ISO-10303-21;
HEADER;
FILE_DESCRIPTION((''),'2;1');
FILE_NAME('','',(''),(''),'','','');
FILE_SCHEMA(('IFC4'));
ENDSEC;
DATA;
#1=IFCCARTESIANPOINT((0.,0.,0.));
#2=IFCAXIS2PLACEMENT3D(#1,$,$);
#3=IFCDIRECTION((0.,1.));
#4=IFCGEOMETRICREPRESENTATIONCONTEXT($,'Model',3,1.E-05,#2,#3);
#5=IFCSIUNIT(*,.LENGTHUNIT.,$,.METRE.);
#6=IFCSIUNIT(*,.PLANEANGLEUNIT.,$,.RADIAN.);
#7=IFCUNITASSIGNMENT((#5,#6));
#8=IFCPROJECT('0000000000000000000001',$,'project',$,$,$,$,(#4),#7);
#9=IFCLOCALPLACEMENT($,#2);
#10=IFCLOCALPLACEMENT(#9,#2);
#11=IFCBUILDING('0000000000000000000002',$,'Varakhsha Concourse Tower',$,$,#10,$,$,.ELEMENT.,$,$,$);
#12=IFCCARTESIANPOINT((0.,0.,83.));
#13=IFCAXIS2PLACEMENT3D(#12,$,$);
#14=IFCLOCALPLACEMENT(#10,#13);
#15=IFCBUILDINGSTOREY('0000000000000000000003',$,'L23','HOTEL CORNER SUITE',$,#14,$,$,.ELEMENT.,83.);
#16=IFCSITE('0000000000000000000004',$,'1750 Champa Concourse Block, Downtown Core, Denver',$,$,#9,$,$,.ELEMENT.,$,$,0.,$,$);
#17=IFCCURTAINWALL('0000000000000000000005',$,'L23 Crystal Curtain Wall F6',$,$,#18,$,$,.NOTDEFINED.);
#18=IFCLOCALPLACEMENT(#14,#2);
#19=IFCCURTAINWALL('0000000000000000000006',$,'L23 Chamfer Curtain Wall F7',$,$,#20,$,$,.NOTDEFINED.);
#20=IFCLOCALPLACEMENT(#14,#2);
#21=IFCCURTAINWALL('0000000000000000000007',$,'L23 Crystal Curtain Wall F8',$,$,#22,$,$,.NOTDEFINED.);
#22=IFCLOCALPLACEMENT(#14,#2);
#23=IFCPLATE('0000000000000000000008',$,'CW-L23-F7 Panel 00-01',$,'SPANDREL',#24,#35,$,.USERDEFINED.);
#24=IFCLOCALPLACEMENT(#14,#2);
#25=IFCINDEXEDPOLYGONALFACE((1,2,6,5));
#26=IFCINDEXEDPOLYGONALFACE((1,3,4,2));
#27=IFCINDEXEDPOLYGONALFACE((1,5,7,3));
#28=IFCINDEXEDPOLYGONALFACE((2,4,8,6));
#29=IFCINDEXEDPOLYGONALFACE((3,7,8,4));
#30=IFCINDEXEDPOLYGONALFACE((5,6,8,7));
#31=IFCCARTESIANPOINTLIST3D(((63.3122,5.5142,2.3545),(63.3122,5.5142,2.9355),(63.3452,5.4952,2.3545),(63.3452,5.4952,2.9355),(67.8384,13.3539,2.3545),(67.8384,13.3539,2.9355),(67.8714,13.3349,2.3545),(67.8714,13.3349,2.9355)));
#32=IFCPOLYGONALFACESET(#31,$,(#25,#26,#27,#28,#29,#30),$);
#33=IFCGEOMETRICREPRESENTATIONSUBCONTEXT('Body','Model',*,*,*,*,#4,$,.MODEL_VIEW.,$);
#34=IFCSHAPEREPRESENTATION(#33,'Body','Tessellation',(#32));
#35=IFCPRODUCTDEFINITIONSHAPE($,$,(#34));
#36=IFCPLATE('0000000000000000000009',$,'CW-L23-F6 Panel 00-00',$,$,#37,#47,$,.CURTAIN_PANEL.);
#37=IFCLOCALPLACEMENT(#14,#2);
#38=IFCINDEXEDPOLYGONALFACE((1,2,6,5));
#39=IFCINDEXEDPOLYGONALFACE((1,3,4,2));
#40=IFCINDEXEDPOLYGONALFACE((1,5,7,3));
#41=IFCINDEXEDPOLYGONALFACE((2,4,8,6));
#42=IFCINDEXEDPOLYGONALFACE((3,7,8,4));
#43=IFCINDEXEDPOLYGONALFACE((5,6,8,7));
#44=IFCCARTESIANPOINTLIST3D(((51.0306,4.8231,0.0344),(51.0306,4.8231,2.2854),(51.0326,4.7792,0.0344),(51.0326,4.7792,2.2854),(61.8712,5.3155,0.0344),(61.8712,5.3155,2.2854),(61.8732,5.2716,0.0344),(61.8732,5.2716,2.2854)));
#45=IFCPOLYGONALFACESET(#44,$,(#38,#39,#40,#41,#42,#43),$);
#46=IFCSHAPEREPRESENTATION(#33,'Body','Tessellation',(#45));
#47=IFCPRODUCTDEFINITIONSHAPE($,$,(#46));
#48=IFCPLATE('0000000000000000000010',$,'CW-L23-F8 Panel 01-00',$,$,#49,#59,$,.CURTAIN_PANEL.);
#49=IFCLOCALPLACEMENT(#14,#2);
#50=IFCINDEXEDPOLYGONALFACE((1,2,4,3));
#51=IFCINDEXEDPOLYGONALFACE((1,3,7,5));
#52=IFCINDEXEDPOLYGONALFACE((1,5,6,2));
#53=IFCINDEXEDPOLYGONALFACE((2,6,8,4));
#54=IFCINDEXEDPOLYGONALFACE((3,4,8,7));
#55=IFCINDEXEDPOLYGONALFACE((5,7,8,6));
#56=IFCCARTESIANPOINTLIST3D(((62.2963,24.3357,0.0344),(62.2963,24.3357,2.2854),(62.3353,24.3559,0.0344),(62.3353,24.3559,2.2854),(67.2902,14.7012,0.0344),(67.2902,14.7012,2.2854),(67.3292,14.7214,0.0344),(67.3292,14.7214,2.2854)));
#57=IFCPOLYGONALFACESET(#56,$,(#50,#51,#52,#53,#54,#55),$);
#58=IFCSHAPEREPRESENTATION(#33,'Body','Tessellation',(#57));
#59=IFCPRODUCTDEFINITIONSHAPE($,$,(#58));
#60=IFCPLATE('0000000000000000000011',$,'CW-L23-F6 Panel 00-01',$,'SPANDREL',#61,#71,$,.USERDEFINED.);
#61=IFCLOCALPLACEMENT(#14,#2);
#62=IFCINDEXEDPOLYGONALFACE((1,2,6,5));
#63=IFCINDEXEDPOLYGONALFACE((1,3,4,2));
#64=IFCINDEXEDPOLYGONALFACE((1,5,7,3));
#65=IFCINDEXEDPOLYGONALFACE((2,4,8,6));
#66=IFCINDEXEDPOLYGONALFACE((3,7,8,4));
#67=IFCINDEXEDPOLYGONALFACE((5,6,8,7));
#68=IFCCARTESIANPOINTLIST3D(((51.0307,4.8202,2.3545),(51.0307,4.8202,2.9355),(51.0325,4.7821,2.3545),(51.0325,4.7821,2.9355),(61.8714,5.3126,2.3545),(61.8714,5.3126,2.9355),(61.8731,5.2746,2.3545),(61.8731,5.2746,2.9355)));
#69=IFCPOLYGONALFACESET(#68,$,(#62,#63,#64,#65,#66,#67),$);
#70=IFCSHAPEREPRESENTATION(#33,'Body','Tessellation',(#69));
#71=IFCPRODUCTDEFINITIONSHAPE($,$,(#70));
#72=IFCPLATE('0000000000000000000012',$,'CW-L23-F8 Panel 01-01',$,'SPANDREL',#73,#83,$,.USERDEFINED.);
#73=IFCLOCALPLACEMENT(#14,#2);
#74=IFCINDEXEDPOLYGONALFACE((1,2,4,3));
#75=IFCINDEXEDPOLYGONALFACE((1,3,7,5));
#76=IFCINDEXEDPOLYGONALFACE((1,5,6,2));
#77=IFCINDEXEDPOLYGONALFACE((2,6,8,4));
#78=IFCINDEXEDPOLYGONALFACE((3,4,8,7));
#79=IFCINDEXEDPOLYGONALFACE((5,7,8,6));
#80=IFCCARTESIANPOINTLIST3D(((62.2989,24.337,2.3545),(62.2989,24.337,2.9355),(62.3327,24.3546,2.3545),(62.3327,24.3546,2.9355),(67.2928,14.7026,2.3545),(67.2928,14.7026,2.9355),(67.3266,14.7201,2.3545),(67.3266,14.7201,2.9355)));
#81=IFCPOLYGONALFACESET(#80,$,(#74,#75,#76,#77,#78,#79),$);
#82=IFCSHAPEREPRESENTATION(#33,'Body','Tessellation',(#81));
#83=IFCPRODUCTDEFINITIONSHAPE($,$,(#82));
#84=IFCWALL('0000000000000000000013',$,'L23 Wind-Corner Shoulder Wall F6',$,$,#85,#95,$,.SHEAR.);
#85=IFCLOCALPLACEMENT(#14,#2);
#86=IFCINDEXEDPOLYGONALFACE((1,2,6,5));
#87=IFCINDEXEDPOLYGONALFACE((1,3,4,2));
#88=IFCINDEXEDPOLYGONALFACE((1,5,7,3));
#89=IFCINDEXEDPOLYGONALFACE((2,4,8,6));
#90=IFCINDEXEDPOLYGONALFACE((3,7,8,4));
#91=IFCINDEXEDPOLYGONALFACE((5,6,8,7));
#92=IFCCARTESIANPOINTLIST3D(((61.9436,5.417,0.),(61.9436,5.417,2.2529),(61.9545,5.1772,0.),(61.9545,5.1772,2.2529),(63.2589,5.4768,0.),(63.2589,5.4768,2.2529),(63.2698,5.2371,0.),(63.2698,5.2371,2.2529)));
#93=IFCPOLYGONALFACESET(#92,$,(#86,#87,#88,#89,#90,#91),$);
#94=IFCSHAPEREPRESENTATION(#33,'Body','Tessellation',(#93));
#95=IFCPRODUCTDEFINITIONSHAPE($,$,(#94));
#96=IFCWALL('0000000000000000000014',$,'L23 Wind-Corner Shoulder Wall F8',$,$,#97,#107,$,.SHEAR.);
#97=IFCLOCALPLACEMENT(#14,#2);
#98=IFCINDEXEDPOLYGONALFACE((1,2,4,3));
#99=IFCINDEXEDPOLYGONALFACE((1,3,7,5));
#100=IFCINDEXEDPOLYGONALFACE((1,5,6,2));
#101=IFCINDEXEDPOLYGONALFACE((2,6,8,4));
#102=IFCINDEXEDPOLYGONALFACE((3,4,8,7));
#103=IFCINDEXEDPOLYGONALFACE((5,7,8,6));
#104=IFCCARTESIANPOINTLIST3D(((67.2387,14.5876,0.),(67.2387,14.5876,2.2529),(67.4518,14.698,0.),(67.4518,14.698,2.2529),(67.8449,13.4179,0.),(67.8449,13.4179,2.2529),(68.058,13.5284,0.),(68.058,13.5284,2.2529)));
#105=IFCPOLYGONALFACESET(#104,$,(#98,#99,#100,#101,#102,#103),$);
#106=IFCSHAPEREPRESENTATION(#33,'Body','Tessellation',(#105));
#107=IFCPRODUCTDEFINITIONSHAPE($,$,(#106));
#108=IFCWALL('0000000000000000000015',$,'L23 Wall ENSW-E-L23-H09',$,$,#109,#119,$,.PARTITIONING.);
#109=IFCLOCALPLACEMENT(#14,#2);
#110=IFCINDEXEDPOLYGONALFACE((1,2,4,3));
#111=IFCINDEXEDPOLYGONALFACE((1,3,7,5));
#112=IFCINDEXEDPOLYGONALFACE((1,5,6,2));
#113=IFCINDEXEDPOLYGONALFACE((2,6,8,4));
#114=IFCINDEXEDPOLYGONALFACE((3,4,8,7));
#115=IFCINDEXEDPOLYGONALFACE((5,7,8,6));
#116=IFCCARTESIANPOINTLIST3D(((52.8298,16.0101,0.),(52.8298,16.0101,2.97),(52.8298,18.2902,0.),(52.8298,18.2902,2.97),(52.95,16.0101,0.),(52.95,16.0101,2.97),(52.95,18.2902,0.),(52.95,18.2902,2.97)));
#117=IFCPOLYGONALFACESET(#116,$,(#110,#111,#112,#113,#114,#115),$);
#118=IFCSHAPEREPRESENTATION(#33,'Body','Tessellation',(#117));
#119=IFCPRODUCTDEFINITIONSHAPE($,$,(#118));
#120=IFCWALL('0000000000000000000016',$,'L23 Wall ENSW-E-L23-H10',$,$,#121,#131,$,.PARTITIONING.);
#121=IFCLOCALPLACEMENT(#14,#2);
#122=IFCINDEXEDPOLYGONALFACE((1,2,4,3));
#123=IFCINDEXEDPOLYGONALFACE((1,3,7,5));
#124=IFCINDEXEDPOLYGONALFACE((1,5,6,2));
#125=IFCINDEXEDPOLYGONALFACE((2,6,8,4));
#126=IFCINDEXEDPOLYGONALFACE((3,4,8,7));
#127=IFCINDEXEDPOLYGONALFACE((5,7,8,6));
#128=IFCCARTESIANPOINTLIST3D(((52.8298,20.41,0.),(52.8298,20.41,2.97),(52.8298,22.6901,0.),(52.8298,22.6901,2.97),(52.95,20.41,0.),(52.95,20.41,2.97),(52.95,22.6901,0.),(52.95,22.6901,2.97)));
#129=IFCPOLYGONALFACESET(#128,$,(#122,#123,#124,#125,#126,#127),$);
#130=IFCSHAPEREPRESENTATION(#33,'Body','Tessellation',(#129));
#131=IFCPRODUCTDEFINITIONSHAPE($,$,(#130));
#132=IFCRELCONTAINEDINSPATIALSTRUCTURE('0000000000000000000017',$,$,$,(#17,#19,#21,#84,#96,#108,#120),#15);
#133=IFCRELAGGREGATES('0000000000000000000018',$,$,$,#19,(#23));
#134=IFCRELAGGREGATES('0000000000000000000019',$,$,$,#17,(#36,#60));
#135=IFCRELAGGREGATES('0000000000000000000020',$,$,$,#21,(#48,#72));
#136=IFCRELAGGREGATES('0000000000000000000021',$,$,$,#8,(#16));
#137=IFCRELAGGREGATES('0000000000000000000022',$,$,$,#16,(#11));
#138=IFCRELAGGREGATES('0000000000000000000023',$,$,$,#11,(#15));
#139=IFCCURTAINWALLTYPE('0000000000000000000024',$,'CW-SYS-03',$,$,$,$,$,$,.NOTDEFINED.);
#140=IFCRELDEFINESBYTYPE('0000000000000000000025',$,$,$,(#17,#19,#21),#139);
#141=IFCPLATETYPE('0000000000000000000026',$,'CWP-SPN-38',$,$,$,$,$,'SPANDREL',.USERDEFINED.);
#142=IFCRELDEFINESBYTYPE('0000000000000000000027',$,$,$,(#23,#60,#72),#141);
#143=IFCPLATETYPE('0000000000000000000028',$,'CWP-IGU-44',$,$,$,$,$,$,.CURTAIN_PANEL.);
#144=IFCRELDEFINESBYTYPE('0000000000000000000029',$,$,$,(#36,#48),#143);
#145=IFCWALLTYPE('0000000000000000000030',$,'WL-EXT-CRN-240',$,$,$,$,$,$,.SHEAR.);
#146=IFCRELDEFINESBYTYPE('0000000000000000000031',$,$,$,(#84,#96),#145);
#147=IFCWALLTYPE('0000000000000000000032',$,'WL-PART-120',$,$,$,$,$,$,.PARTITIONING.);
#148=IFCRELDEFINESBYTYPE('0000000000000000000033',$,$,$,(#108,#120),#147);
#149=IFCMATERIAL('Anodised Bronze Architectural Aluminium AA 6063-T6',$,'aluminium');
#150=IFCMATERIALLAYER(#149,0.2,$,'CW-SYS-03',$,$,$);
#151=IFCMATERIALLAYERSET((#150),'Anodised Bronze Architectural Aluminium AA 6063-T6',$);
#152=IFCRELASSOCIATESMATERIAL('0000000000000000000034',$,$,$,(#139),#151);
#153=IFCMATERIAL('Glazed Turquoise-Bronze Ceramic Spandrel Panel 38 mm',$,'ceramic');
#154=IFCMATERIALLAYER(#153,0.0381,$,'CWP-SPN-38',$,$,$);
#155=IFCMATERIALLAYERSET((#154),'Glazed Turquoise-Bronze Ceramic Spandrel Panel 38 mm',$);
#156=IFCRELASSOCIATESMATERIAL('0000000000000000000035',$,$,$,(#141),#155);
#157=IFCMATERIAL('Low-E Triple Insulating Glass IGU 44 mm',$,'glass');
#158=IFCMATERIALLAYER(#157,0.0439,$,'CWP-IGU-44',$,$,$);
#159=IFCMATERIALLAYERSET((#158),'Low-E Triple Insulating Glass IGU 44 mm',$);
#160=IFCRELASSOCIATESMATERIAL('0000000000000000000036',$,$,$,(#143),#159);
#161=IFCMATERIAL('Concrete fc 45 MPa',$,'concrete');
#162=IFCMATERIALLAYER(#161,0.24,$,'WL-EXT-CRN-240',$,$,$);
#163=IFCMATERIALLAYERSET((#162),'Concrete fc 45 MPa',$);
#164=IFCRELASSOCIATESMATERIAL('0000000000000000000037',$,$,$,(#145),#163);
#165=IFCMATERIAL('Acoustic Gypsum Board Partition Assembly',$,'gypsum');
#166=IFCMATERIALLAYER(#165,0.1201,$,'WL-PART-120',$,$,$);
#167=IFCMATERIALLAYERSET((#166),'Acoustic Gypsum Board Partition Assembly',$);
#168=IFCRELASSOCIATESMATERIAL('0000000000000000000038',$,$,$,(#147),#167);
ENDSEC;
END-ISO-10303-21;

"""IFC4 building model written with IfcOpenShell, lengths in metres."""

from ifc_helpers import new_model, si_unit, direction, frame, frame_2d, origin, origin_2d, place, context, subcontext, project, spatial, rectangle, extrude, source, transform, mapped, material, layer, layer_set, type_object, type_shapes, element, aggregate, save


model = new_model("IFC4")

# Units and contexts
model_context = context("Model", 3, precision=1e-05, world=origin(), true_north=direction((0.0, 1.0)))
body_context = subcontext(model_context, "Body", "Model", "MODEL_VIEW")
ifc_project = project(units=[si_unit("LENGTHUNIT", "METRE"), si_unit("PLANEANGLEUNIT", "RADIAN")], contexts=[model_context])

# Site, building, storey
site_placement = place(None, origin())
site = spatial("IfcSite", under=ifc_project, at=site_placement, Name="1750 Champa Concourse Block, Downtown Core, Denver", CompositionType="ELEMENT", RefElevation=0.0)
building_placement = place(site_placement, origin())
building = spatial("IfcBuilding", under=site, at=building_placement, Name="Varakhsha Concourse Tower", CompositionType="ELEMENT")
storey_placement = place(building_placement, frame((0.0, 0.0, 83.0)))
storey = spatial("IfcBuildingStorey", under=building, at=storey_placement, Name="L23", Description="HOTEL CORNER SUITE", CompositionType="ELEMENT", Elevation=83.0)

# Curtain wall
ifc_material_1 = material(Name="Anodised Bronze Architectural Aluminium AA 6063-T6", Category="aluminium")
ifc_layer_1 = layer(ifc_material_1, 0.2, Name="CW-SYS-03")
ifc_layer_set_1 = layer_set([ifc_layer_1], Name="Anodised Bronze Architectural Aluminium AA 6063-T6")
curtain_wall_type = type_object("IfcCurtainWallType", Name="CW-SYS-03", PredefinedType="NOTDEFINED", material=ifc_layer_set_1)
curtain_wall_1_placement = place(storey_placement, origin())
curtain_wall_1 = element("IfcCurtainWall", 1, at=curtain_wall_1_placement, inside=storey, type_object=curtain_wall_type, Name="L23 Crystal Curtain Wall F6", PredefinedType="NOTDEFINED")

# Curtain wall
curtain_wall_2_placement = place(storey_placement, origin())
curtain_wall_2 = element("IfcCurtainWall", 2, at=curtain_wall_2_placement, inside=storey, type_object=curtain_wall_type, Name="L23 Chamfer Curtain Wall F7", PredefinedType="NOTDEFINED")

# Curtain wall
curtain_wall_3_placement = place(storey_placement, origin())
curtain_wall_3 = element("IfcCurtainWall", 3, at=curtain_wall_3_placement, inside=storey, type_object=curtain_wall_type, Name="L23 Crystal Curtain Wall F8", PredefinedType="NOTDEFINED")

# Plates
ifc_material_2 = material(Name="Glazed Turquoise-Bronze Ceramic Spandrel Panel 38 mm", Category="ceramic")
ifc_layer_2 = layer(ifc_material_2, 0.0381, Name="CWP-SPN-38")
ifc_layer_set_2 = layer_set([ifc_layer_2], Name="Glazed Turquoise-Bronze Ceramic Spandrel Panel 38 mm")
plate_type_1 = type_object("IfcPlateType", Name="CWP-SPN-38", ElementType="SPANDREL", PredefinedType="USERDEFINED", material=ifc_layer_set_2)
shared_shape_1 = source(origin(), body_context, "Body", "SweptSolid", [
    extrude(rectangle(XDim=9.0525, YDim=0.0381, at=origin_2d()), origin(), (0.0, 0.0, 1.0), 0.5811),
])
plate_1_placement = place(storey_placement, frame((65.5918, 9.4246, 2.3545), z_axis=(0.0, 0.0, 1.0), x_axis=(-0.499997, -0.866027, 0.0)))
plate_1 = element("IfcPlate", 4, at=plate_1_placement, type_object=plate_type_1, Name="CW-L23-F7 Panel 00-01", ObjectType="SPANDREL", PredefinedType="USERDEFINED", context=body_context, shape_type="MappedRepresentation", body=[
    mapped(shared_shape_1, transform((0.0, 0.0, 0.0), scale=1.0)),
])
aggregate(curtain_wall_2, [plate_1])
ifc_material_3 = material(Name="Low-E Triple Insulating Glass IGU 44 mm", Category="glass")
ifc_layer_3 = layer(ifc_material_3, 0.0439, Name="CWP-IGU-44")
ifc_layer_set_3 = layer_set([ifc_layer_3], Name="Low-E Triple Insulating Glass IGU 44 mm")
plate_type_2 = type_object("IfcPlateType", Name="CWP-IGU-44", PredefinedType="CURTAIN_PANEL", material=ifc_layer_set_3)
shared_shape_2 = source(origin(), body_context, "Body", "SweptSolid", [
    extrude(rectangle(XDim=10.8518, YDim=0.0439, at=origin_2d()), origin(), (0.0, 0.0, 1.0), 2.251),
])
type_shapes(plate_type_2, [shared_shape_2])
plate_2_placement = place(storey_placement, frame((56.4519, 5.0474, 0.0344), z_axis=(0.0, 0.0, 1.0), x_axis=(-0.99897, -0.04538, 0.0)))
plate_2 = element("IfcPlate", 5, at=plate_2_placement, type_object=plate_type_2, Name="CW-L23-F6 Panel 00-00", PredefinedType="CURTAIN_PANEL", context=body_context, shape_type="MappedRepresentation", body=[
    mapped(shared_shape_2, transform((0.0, 0.0, 0.0), scale=1.0)),
])
plate_3_placement = place(storey_placement, frame((64.8127, 19.5286, 0.0344), z_axis=(0.0, 0.0, 1.0), x_axis=(0.460186, -0.887823, 0.0)))
plate_3 = element("IfcPlate", 6, at=plate_3_placement, type_object=plate_type_2, Name="CW-L23-F8 Panel 01-00", PredefinedType="CURTAIN_PANEL", context=body_context, shape_type="MappedRepresentation", body=[
    mapped(shared_shape_2, transform((0.0, 0.0, 0.0), scale=1.0)),
])
shared_shape_3 = source(origin(), body_context, "Body", "SweptSolid", [
    extrude(rectangle(XDim=10.8518, YDim=0.0381, at=origin_2d()), origin(), (0.0, 0.0, 1.0), 0.5811),
])
type_shapes(plate_type_1, [shared_shape_1, shared_shape_3])
plate_4_placement = place(storey_placement, frame((56.4519, 5.0474, 2.3545), z_axis=(0.0, 0.0, 1.0), x_axis=(-0.99897, -0.04538, 0.0)))
plate_4 = element("IfcPlate", 7, at=plate_4_placement, type_object=plate_type_1, Name="CW-L23-F6 Panel 00-01", ObjectType="SPANDREL", PredefinedType="USERDEFINED", context=body_context, shape_type="MappedRepresentation", body=[
    mapped(shared_shape_3, transform((0.0, 0.0, 0.0), scale=1.0)),
])
aggregate(curtain_wall_1, [plate_2, plate_4])
plate_5_placement = place(storey_placement, frame((64.8127, 19.5286, 2.3545), z_axis=(0.0, 0.0, 1.0), x_axis=(0.460186, -0.887823, 0.0)))
plate_5 = element("IfcPlate", 8, at=plate_5_placement, type_object=plate_type_1, Name="CW-L23-F8 Panel 01-01", ObjectType="SPANDREL", PredefinedType="USERDEFINED", context=body_context, shape_type="MappedRepresentation", body=[
    mapped(shared_shape_3, transform((0.0, 0.0, 0.0), scale=1.0)),
])
aggregate(curtain_wall_3, [plate_3, plate_5])

# Walls
ifc_material_4 = material(Name="Concrete fc 45 MPa", Category="concrete")
ifc_layer_4 = layer(ifc_material_4, 0.24, Name="WL-EXT-CRN-240")
ifc_layer_set_4 = layer_set([ifc_layer_4], Name="Concrete fc 45 MPa")
wall_type_1 = type_object("IfcWallType", Name="WL-EXT-CRN-240", PredefinedType="SHEAR", material=ifc_layer_set_4)
wall_1_placement = place(storey_placement, frame((61.9492, 5.2971, 0.0), z_axis=(0.0, 0.0, 1.0), x_axis=(0.998967, 0.045433, 0.0)))
element("IfcWall", 9, at=wall_1_placement, inside=storey, type_object=wall_type_1, Name="L23 Wind-Corner Shoulder Wall F6", PredefinedType="SHEAR", context=body_context, shape_type="SweptSolid", body=[
    extrude(rectangle(XDim=1.3167, YDim=0.24, at=frame_2d((0.6582, 0.0))), origin(), (0.0, 0.0, 1.0), 2.2529),
])
wall_2_placement = place(storey_placement, frame((67.9514, 13.4731, 0.0), z_axis=(0.0, 0.0, 1.0), x_axis=(-0.460139, 0.887847, 0.0)))
element("IfcWall", 10, at=wall_2_placement, inside=storey, type_object=wall_type_1, Name="L23 Wind-Corner Shoulder Wall F8", PredefinedType="SHEAR", context=body_context, shape_type="SweptSolid", body=[
    extrude(rectangle(XDim=1.3174, YDim=0.24, at=frame_2d((0.6587, 0.0))), origin(), (0.0, 0.0, 1.0), 2.2529),
])
ifc_material_5 = material(Name="Acoustic Gypsum Board Partition Assembly", Category="gypsum")
ifc_layer_5 = layer(ifc_material_5, 0.1201, Name="WL-PART-120")
ifc_layer_set_5 = layer_set([ifc_layer_5], Name="Acoustic Gypsum Board Partition Assembly")
wall_type_2 = type_object("IfcWallType", Name="WL-PART-120", PredefinedType="PARTITIONING", material=ifc_layer_set_5)
for number, where, z_axis, x_axis, name in (
    (11, (52.8899, 16.01, 0.0), (0.0, 0.0, 1.0), (0.0, 1.0, 0.0), "L23 Wall ENSW-E-L23-H09"),
    (12, (52.8899, 20.4099, 0.0), (0.0, 0.0, 1.0), (0.0, 1.0, 0.0), "L23 Wall ENSW-E-L23-H10"),
):
    element("IfcWall", number, at=place(storey_placement, frame(where, z_axis=z_axis, x_axis=x_axis)), inside=storey, type_object=wall_type_2, Name=name, PredefinedType="PARTITIONING", context=body_context, shape_type="SweptSolid", body=[
        extrude(rectangle(XDim=2.28, YDim=0.1201, at=frame_2d((1.1401, 0.0))), origin(), (0.0, 0.0, 1.0), 2.97),
    ])

save(model, "model.ifc")
